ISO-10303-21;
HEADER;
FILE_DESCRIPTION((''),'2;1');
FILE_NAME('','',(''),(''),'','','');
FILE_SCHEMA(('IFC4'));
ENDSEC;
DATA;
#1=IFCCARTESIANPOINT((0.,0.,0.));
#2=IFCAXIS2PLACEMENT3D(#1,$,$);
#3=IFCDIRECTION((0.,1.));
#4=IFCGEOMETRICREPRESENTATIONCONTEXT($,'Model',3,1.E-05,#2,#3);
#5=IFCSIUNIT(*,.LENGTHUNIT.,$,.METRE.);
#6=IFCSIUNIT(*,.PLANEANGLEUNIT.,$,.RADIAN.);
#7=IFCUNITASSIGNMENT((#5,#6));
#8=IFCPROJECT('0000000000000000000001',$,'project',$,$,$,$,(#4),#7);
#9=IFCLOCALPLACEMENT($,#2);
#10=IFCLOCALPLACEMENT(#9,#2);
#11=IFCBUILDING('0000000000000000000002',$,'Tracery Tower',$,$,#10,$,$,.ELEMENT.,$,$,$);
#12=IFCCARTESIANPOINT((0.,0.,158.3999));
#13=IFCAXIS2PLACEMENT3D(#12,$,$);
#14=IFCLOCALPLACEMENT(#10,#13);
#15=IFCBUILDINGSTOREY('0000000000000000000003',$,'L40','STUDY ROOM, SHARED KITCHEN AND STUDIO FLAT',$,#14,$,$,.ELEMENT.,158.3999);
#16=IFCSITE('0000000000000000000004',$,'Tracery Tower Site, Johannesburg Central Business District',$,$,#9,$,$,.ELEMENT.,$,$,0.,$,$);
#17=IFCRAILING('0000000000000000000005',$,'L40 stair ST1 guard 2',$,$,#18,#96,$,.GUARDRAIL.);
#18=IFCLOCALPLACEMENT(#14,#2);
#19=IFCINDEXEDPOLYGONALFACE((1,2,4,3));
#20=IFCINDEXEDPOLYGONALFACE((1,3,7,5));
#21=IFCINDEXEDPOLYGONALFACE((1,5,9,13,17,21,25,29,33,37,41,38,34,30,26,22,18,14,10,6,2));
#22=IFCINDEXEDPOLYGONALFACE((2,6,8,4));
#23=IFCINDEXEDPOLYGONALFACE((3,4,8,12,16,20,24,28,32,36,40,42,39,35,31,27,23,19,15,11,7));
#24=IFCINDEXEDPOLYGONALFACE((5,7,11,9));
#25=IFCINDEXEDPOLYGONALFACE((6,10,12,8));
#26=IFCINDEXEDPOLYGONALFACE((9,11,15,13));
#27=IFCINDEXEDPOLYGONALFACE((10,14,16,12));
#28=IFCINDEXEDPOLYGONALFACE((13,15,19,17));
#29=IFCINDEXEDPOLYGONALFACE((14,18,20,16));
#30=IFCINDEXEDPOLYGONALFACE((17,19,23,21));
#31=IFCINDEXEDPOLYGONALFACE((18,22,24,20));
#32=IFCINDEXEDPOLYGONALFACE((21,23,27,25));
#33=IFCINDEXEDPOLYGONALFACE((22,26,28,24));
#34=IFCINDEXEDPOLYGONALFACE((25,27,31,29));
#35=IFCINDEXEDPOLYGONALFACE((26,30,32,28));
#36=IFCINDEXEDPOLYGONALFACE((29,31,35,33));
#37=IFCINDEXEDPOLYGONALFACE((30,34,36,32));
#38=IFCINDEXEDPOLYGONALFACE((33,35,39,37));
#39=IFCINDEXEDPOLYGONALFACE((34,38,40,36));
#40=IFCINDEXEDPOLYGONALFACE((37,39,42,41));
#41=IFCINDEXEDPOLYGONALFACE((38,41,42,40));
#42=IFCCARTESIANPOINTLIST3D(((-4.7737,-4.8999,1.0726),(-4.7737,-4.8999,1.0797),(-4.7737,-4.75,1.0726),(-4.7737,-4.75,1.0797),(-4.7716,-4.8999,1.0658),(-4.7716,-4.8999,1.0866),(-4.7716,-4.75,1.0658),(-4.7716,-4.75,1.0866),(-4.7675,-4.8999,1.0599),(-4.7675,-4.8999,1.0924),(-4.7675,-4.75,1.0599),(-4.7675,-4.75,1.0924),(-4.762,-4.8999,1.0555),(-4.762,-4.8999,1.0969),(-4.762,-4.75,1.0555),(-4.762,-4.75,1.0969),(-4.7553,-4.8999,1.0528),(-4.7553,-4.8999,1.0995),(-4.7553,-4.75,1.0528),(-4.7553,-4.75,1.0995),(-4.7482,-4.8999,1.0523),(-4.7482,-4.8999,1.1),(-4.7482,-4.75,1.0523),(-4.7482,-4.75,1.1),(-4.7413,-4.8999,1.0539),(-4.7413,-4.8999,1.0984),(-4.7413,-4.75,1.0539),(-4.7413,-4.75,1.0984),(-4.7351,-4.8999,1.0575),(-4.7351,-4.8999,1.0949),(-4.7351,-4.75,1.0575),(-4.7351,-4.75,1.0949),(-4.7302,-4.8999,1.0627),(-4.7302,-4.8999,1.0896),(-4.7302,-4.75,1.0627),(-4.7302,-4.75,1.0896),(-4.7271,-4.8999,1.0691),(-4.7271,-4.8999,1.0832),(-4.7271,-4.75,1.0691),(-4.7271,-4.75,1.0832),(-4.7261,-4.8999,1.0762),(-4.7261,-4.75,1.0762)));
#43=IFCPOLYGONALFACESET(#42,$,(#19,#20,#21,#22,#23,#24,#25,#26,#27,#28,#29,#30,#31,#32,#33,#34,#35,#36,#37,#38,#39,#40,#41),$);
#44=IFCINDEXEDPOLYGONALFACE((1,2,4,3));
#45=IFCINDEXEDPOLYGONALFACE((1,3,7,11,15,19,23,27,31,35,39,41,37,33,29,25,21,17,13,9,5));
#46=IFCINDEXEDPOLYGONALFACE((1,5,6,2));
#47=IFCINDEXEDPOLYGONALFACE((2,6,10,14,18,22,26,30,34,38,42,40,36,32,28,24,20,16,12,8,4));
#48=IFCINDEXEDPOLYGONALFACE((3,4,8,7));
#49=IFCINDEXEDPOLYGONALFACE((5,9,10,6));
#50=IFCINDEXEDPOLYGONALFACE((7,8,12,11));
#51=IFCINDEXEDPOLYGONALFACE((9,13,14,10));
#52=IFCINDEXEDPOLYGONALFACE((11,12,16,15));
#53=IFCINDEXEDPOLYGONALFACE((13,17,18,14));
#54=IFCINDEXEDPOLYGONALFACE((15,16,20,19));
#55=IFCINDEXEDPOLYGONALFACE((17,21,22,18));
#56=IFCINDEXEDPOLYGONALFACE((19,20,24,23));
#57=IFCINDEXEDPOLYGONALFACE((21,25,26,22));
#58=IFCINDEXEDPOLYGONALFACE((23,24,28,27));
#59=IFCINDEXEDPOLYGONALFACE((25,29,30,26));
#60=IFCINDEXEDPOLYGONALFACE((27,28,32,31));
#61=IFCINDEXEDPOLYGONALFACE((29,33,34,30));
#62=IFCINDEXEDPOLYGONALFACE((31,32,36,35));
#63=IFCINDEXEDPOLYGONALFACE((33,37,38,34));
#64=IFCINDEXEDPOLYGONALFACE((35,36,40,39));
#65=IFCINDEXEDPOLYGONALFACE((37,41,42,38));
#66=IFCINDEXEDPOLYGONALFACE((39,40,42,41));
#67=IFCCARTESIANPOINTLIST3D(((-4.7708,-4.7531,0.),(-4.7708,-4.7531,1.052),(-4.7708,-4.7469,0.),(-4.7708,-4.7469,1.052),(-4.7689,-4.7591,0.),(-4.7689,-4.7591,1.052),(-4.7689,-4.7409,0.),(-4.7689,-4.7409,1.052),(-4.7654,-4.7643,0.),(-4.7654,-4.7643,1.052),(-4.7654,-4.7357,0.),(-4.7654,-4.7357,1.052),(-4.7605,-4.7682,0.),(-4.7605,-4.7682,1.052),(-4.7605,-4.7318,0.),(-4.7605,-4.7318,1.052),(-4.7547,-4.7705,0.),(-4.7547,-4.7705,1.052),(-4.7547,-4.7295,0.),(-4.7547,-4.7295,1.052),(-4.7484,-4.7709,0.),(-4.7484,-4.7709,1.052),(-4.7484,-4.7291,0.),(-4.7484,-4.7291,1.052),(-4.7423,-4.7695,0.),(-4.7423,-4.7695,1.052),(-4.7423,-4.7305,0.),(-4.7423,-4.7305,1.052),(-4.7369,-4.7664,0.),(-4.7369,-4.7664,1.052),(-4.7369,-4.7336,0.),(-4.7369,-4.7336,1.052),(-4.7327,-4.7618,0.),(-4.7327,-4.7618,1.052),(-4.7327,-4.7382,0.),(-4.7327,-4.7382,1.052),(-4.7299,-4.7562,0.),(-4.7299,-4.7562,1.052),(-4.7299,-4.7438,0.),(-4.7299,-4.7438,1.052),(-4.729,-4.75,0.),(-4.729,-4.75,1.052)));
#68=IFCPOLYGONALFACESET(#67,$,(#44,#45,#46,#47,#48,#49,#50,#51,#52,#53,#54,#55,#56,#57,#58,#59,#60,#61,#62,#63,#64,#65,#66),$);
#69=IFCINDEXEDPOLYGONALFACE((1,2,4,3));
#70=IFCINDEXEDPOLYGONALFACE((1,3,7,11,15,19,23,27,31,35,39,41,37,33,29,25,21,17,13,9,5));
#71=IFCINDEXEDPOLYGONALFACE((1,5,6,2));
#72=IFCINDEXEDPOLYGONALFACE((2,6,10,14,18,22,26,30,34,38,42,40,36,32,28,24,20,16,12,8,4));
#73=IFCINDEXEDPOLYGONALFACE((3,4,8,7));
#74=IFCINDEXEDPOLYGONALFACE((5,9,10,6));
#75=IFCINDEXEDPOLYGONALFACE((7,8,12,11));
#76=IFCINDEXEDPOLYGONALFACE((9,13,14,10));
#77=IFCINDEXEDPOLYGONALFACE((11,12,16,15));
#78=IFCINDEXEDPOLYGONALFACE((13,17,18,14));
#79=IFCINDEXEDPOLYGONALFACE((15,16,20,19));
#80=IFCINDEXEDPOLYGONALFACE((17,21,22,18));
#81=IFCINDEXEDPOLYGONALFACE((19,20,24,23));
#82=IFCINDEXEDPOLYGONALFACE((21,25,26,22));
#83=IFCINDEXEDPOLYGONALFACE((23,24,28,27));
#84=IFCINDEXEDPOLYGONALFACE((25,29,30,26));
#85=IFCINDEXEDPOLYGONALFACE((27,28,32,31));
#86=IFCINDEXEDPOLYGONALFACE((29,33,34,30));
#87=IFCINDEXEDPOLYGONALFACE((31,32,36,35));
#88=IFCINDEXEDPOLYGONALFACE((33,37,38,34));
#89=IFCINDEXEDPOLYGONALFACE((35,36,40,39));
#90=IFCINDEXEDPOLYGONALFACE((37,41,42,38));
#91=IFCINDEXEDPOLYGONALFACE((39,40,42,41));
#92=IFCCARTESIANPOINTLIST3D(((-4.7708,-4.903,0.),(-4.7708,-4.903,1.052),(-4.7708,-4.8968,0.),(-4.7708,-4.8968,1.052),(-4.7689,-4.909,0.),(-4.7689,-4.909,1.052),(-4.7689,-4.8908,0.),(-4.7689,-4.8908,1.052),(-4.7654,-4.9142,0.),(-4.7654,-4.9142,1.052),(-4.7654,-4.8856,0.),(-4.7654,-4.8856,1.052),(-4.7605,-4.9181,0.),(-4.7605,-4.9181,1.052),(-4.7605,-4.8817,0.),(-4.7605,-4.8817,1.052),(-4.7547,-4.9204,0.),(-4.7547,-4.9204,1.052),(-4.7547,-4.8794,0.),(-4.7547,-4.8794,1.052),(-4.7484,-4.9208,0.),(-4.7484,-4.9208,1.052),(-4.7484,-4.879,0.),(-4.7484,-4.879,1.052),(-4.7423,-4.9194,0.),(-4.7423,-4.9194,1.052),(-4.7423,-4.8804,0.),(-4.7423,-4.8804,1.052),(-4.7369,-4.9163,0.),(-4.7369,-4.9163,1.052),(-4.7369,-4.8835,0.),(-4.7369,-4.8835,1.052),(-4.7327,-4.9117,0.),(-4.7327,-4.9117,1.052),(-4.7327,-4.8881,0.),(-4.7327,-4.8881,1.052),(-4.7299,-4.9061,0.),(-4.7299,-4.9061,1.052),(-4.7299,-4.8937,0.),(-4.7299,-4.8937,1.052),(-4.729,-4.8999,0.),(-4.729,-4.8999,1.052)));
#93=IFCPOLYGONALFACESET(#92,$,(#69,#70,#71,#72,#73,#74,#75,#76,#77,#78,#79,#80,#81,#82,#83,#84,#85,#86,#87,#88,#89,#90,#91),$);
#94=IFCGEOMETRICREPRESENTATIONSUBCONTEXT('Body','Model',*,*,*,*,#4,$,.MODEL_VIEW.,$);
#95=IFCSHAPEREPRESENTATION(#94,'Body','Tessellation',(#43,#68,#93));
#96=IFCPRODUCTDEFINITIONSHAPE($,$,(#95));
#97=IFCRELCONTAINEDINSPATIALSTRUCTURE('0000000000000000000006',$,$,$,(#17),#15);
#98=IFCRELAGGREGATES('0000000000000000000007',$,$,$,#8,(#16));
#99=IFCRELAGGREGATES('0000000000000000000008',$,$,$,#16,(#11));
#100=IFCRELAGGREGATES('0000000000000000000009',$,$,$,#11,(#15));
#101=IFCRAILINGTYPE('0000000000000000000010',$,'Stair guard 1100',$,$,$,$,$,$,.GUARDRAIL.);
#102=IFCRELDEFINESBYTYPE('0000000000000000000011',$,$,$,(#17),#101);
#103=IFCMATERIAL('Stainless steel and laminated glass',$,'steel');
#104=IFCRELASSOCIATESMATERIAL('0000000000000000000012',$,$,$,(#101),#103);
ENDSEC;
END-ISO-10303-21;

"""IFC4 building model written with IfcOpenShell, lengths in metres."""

from ifc_helpers import new_model, si_unit, direction, frame, origin, origin_2d, place, context, subcontext, project, spatial, circle, extrude, material, type_object, element, save


model = new_model("IFC4")

# Units and contexts
model_context = context("Model", 3, precision=1e-05, world=origin(), true_north=direction((0.0, 1.0)))
body_context = subcontext(model_context, "Body", "Model", "MODEL_VIEW")
ifc_project = project(units=[si_unit("LENGTHUNIT", "METRE"), si_unit("PLANEANGLEUNIT", "RADIAN")], contexts=[model_context])

# Site, building, storey
site_placement = place(None, origin())
site = spatial("IfcSite", under=ifc_project, at=site_placement, Name="Tracery Tower Site, Johannesburg Central Business District", CompositionType="ELEMENT", RefElevation=0.0)
building_placement = place(site_placement, origin())
building = spatial("IfcBuilding", under=site, at=building_placement, Name="Tracery Tower", CompositionType="ELEMENT")
storey_placement = place(building_placement, frame((0.0, 0.0, 158.3999)))
storey = spatial("IfcBuildingStorey", under=building, at=storey_placement, Name="L40", Description="STUDY ROOM, SHARED KITCHEN AND STUDIO FLAT", CompositionType="ELEMENT", Elevation=158.3999)

# Railing
ifc_material_1 = material(Name="Stainless steel and laminated glass", Category="steel")
railing_type_1 = type_object("IfcRailingType", Name="Stair guard 1100", PredefinedType="GUARDRAIL", material=ifc_material_1)
railing_1_placement = place(storey_placement, frame((-4.75, -4.75, 0.0)))
element("IfcRailing", 1, at=railing_1_placement, inside=storey, type_object=railing_type_1, Name="L40 stair ST1 guard 2", PredefinedType="GUARDRAIL", context=body_context, shape_type="SweptSolid", body=[
    extrude(circle(Radius=0.0239, at=origin_2d()), frame((0.0, 0.0, 1.0762), z_axis=(0.0, -1.0, 0.0), x_axis=(1.0, 0.0, 0.0)), (0.0, 0.0, 1.0), 0.1499),
    extrude(circle(Radius=0.021, at=origin_2d()), origin(), (0.0, 0.0, 1.0), 1.052),
    extrude(circle(Radius=0.021, at=origin_2d()), frame((0.0, -0.1499, 0.0)), (0.0, 0.0, 1.0), 1.052),
])

save(model, "model.ifc")
